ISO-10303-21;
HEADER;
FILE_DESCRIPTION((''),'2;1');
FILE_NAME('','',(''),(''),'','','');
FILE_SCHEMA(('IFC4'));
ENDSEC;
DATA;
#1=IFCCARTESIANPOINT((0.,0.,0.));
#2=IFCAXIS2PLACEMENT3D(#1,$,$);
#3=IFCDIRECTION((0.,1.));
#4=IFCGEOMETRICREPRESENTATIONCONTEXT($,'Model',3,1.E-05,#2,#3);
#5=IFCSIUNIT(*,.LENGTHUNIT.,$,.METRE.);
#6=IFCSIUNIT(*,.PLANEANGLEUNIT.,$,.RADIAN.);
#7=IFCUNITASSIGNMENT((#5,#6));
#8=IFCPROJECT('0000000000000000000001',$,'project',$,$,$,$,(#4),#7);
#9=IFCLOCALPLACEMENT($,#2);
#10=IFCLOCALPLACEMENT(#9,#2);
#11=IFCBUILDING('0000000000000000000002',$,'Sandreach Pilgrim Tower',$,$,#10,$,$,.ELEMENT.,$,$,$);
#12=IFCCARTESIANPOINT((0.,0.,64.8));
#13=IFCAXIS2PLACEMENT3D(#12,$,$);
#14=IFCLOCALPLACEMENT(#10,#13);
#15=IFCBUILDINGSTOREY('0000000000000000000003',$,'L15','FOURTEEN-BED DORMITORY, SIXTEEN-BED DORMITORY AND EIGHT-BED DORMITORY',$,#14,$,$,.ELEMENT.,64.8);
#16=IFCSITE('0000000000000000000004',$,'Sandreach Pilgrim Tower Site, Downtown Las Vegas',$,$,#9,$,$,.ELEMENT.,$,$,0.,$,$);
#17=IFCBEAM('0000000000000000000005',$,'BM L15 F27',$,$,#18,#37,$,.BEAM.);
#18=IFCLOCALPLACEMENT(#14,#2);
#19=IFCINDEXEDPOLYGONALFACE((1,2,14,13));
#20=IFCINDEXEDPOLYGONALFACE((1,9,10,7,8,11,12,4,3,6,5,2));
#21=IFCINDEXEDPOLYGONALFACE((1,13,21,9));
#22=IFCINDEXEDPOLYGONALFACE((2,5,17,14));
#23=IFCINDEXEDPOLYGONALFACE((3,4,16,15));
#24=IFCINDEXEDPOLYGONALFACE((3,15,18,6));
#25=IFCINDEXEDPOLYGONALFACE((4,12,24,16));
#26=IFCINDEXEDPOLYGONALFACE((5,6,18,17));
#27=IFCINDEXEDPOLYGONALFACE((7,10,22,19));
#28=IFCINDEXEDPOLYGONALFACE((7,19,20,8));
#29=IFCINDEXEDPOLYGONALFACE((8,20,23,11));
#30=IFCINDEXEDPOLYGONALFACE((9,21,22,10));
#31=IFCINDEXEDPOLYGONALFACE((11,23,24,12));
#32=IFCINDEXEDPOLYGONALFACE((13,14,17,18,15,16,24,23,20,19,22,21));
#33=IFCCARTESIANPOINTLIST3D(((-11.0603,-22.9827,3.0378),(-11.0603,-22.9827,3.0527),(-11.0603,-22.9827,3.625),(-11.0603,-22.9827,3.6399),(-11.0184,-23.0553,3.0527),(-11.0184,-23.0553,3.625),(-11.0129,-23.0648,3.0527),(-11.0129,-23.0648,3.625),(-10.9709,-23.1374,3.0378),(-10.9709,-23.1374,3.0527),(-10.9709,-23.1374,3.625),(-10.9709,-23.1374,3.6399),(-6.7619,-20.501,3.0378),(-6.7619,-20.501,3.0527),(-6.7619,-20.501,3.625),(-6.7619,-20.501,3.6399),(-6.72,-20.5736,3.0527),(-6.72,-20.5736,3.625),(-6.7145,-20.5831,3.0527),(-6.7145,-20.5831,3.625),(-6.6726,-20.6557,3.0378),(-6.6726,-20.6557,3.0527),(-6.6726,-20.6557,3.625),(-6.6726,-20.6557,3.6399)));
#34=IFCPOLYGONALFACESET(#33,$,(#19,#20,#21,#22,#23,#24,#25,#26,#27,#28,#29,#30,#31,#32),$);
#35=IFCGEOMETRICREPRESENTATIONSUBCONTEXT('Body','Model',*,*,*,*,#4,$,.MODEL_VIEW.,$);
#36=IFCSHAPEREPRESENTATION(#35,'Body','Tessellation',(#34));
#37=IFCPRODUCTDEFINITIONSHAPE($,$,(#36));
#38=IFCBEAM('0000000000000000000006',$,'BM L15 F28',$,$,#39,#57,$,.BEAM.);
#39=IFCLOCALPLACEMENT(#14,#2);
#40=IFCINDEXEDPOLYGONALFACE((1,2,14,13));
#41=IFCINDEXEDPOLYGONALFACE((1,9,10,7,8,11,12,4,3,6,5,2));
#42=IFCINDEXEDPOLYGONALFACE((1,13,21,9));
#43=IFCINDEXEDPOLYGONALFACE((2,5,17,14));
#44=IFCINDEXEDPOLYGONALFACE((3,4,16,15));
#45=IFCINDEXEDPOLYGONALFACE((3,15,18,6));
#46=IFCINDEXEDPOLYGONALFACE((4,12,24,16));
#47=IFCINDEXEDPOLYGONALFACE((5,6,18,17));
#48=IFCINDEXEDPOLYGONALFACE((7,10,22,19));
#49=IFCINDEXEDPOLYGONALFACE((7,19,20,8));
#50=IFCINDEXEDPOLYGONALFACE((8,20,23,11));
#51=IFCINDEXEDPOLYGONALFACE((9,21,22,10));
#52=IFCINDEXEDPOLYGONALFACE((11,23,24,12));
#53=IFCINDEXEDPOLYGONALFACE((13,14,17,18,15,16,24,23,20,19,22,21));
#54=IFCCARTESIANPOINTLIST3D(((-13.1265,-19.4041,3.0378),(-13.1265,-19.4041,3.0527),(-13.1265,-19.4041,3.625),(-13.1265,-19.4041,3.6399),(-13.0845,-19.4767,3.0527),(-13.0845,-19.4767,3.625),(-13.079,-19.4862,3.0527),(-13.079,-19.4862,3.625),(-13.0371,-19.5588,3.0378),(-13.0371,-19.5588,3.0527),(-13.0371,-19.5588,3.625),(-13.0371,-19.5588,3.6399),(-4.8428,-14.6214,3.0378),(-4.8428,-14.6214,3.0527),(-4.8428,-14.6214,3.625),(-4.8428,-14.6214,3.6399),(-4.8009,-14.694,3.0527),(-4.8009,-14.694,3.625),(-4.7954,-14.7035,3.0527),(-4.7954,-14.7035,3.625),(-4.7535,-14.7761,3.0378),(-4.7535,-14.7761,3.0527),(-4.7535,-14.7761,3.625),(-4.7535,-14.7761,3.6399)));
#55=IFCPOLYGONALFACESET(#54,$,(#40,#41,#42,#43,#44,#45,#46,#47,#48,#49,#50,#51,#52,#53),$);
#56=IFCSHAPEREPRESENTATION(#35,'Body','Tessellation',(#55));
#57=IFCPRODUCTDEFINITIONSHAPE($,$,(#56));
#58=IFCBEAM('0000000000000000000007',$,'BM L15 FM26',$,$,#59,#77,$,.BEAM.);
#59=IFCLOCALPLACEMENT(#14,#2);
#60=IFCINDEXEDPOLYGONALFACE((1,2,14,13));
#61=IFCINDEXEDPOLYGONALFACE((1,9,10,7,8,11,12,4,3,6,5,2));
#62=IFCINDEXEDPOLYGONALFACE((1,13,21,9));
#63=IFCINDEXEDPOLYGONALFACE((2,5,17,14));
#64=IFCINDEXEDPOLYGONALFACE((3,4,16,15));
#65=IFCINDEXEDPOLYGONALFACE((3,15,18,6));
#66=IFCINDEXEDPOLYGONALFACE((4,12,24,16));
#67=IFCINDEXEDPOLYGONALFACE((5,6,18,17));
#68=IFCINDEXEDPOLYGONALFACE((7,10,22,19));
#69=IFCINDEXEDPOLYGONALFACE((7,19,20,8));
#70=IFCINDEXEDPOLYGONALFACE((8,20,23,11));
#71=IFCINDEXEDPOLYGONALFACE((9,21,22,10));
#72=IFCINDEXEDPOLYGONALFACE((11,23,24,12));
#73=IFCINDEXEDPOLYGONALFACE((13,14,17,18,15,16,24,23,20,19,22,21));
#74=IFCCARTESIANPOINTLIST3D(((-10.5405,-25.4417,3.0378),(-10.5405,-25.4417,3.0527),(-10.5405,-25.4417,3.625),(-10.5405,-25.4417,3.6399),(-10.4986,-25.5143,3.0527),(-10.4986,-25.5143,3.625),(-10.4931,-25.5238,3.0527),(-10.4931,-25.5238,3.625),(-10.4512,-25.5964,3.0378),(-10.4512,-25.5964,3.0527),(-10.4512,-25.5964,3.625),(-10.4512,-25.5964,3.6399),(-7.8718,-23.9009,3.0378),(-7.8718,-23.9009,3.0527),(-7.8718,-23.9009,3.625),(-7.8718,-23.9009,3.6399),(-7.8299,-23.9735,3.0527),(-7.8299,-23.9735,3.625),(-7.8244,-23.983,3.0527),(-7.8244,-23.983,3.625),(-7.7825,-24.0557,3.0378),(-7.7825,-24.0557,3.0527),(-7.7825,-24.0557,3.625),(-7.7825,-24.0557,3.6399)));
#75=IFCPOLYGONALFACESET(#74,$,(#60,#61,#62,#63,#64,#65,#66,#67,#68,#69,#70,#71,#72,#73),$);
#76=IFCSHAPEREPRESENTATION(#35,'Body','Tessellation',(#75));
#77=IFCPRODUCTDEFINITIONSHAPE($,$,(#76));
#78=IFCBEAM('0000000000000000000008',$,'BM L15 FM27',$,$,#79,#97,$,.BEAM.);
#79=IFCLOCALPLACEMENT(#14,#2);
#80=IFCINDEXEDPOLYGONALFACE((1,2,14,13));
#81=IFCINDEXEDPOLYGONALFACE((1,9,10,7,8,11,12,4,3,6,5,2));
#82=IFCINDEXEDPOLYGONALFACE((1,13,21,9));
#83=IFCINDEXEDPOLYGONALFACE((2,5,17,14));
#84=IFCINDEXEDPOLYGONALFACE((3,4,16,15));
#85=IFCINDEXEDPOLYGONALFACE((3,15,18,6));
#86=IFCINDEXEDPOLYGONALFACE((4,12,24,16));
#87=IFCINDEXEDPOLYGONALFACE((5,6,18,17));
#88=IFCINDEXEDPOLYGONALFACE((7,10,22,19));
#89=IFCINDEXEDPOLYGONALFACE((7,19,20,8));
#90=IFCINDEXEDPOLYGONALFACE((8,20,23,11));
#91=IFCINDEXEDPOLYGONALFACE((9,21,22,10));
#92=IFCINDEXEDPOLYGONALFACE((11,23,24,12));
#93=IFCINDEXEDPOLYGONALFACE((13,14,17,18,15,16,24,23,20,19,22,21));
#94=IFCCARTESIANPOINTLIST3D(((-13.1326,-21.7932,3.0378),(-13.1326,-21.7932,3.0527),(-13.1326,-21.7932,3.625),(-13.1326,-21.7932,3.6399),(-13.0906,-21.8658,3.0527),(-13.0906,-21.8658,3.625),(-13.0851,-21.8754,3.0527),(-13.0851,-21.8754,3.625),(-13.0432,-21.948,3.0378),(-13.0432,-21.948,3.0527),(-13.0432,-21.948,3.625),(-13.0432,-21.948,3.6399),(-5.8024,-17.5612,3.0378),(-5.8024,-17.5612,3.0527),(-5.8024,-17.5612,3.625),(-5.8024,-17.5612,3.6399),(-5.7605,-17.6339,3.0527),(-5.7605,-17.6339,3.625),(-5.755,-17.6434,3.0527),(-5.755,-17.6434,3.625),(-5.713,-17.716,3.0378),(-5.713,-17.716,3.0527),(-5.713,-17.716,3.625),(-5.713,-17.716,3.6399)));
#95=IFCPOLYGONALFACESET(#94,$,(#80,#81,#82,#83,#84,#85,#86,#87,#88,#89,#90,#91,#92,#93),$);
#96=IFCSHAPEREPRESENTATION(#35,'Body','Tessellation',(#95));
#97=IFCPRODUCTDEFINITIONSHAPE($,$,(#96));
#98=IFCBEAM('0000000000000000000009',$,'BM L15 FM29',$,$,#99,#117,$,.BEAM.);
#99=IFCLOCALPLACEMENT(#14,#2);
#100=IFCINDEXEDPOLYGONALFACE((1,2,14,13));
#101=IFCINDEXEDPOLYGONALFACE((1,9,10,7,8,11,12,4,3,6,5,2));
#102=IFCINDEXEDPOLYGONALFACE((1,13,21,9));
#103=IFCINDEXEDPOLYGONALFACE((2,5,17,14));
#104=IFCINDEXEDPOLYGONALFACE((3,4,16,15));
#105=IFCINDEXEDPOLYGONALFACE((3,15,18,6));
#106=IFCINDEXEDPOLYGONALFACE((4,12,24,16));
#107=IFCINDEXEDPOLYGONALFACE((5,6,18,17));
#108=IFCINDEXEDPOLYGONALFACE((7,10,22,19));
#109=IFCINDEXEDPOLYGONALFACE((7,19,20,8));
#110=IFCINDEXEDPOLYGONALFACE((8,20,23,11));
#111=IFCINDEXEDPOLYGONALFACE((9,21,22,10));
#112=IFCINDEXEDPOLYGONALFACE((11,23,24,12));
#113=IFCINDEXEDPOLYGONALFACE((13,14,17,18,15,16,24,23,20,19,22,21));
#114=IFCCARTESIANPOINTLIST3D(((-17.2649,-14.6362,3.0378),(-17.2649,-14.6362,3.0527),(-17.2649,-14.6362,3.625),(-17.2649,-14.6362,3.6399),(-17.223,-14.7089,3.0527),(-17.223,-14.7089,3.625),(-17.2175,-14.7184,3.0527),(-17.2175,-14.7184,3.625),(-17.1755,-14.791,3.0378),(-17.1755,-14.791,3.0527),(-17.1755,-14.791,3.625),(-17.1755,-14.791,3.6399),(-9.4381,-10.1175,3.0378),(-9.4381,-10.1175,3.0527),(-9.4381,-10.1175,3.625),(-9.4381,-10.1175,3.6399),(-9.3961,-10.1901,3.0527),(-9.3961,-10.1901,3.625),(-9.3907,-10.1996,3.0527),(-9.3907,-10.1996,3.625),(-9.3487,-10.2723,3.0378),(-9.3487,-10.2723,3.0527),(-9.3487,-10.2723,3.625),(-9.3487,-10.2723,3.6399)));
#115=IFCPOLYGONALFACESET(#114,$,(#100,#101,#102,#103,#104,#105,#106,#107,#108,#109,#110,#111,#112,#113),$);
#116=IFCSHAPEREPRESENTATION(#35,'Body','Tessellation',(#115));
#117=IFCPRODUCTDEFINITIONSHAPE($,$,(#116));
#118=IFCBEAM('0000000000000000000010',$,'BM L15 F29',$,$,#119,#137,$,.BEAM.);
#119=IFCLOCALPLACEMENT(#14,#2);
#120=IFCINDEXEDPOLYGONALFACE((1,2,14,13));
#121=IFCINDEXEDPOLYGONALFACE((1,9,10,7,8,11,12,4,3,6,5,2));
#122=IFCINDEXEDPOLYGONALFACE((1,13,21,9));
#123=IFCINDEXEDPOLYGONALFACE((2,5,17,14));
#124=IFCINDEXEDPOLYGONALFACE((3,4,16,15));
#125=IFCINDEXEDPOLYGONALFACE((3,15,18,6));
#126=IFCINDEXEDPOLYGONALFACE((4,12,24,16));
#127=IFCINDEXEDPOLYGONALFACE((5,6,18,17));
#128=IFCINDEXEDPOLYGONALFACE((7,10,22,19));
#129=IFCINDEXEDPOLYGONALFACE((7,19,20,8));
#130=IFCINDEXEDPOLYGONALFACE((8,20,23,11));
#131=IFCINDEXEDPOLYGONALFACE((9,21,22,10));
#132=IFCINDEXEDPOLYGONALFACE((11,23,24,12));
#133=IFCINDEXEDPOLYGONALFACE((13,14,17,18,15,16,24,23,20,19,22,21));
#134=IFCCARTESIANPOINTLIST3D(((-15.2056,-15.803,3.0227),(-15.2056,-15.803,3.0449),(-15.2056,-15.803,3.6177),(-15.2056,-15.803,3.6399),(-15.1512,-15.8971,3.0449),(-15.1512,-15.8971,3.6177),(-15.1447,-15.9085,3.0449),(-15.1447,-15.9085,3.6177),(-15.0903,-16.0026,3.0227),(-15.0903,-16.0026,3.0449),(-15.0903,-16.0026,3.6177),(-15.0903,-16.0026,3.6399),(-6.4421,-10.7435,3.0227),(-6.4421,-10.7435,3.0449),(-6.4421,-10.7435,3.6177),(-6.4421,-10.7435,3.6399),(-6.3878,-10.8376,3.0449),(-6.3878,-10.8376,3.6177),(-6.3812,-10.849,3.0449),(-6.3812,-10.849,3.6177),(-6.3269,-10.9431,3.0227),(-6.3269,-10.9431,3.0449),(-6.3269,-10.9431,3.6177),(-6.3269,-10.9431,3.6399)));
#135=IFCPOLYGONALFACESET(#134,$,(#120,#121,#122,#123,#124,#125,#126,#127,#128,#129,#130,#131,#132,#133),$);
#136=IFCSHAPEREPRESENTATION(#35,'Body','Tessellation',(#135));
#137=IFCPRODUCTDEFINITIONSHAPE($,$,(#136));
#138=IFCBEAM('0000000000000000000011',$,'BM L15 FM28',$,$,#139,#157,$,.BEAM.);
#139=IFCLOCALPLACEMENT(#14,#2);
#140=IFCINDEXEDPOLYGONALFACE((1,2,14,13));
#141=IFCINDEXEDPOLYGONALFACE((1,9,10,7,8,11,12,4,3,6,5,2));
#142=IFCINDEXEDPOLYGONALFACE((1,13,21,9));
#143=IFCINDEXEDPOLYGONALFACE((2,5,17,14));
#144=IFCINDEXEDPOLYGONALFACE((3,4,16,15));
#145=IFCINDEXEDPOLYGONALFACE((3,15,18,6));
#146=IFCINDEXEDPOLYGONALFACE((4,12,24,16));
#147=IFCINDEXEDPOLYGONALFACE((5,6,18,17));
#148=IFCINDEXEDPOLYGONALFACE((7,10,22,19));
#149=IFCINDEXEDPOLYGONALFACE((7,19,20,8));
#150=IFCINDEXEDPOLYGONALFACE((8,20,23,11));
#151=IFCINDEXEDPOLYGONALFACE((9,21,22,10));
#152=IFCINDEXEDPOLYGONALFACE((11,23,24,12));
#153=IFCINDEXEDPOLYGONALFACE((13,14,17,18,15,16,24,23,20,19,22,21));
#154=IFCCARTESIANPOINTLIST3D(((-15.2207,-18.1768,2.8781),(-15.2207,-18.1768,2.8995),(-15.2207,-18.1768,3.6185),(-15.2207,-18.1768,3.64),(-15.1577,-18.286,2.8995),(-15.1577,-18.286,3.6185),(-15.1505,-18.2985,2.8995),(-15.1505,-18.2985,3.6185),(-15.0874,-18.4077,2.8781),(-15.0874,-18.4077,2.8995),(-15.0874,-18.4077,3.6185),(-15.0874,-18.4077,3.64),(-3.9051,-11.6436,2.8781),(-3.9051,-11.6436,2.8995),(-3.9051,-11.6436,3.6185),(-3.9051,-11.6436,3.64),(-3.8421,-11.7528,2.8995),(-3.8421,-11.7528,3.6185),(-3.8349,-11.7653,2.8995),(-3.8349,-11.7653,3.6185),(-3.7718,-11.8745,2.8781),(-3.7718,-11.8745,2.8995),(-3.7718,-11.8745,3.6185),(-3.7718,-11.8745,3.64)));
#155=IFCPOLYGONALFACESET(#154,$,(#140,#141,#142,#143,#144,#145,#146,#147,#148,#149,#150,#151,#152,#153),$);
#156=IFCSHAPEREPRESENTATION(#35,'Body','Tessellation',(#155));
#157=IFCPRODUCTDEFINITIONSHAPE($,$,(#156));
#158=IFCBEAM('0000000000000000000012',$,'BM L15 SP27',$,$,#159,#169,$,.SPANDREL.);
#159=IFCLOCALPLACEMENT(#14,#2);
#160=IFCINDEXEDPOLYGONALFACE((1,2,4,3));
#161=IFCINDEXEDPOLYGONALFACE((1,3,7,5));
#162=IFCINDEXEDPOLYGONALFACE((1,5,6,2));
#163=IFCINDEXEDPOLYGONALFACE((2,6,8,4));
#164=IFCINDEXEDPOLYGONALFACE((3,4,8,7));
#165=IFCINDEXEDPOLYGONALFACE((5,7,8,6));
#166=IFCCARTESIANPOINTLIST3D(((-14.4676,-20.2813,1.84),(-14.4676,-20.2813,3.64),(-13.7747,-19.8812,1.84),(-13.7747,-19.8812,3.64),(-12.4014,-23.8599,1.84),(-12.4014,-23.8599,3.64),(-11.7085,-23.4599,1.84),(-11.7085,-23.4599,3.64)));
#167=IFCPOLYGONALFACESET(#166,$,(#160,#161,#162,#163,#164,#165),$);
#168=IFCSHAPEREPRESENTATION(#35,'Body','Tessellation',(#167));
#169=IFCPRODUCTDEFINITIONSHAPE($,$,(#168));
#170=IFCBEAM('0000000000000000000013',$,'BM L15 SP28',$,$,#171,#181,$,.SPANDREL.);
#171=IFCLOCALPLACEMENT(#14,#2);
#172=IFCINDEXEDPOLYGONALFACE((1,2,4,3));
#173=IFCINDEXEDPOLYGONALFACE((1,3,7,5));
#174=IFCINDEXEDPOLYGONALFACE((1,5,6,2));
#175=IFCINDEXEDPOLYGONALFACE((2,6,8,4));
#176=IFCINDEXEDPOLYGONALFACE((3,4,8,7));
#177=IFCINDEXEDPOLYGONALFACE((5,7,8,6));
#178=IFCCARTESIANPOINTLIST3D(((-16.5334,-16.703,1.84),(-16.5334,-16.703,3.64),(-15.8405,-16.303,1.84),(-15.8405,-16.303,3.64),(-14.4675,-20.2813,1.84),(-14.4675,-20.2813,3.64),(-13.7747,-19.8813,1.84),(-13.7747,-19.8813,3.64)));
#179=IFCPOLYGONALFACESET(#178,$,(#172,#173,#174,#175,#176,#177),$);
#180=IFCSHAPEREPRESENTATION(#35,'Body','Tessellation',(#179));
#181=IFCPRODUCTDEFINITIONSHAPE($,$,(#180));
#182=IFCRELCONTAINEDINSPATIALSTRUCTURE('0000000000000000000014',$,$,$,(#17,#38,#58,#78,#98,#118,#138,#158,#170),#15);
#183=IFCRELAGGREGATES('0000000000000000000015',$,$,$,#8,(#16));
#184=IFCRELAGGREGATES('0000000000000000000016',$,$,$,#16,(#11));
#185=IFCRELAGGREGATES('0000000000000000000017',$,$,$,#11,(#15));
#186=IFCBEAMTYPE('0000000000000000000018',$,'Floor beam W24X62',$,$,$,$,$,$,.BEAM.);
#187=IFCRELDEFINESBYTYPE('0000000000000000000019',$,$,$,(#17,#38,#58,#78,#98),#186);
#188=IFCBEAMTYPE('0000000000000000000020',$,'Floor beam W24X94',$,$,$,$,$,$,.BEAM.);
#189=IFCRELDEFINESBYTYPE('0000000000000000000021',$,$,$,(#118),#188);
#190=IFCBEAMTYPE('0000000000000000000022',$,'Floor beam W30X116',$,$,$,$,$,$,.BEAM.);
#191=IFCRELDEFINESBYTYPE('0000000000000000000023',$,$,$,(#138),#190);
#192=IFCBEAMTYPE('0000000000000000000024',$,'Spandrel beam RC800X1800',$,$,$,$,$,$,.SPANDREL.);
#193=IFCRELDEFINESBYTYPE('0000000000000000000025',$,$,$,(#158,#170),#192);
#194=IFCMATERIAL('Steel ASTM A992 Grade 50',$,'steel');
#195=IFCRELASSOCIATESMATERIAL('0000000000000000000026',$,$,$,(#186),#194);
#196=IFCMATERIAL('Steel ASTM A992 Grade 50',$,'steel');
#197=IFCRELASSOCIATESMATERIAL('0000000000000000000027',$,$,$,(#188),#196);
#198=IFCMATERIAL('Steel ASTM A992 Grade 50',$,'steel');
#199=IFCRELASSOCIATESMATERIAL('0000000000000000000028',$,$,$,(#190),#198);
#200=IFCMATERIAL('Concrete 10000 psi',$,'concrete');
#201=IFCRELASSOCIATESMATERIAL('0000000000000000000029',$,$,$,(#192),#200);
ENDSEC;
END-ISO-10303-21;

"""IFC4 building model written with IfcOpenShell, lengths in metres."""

from ifc_helpers import new_model, si_unit, direction, frame, origin, origin_2d, place, context, subcontext, project, spatial, rectangle, i_section, extrude, material, material_profile, profile_set, type_object, element, save


model = new_model("IFC4")

# Units and contexts
model_context = context("Model", 3, precision=1e-05, world=origin(), true_north=direction((0.0, 1.0)))
body_context = subcontext(model_context, "Body", "Model", "MODEL_VIEW")
ifc_project = project(units=[si_unit("LENGTHUNIT", "METRE"), si_unit("PLANEANGLEUNIT", "RADIAN")], contexts=[model_context])

# Site, building, storey
site_placement = place(None, origin())
site = spatial("IfcSite", under=ifc_project, at=site_placement, Name="Sandreach Pilgrim Tower Site, Downtown Las Vegas", CompositionType="ELEMENT", RefElevation=0.0)
building_placement = place(site_placement, origin())
building = spatial("IfcBuilding", under=site, at=building_placement, Name="Sandreach Pilgrim Tower", CompositionType="ELEMENT")
storey_placement = place(building_placement, frame((0.0, 0.0, 64.8)))
storey = spatial("IfcBuildingStorey", under=building, at=storey_placement, Name="L15", Description="FOURTEEN-BED DORMITORY, SIXTEEN-BED DORMITORY AND EIGHT-BED DORMITORY", CompositionType="ELEMENT", Elevation=64.8)

# Beams
ifc_material_1 = material(Name="Steel ASTM A992 Grade 50", Category="steel")
ifc_material_profile_1 = material_profile(ifc_material_1, i_section(OverallWidth=0.1787, OverallDepth=0.6021, WebThickness=0.011, FlangeThickness=0.0149, at=origin_2d()), Name="W24X62")
ifc_profile_set_1 = profile_set([ifc_material_profile_1], Name="Steel ASTM A992 Grade 50")
beam_type_1 = type_object("IfcBeamType", Name="Floor beam W24X62", PredefinedType="BEAM", material=ifc_profile_set_1)
beam_1_placement = place(storey_placement, frame((-11.0156, -23.0601, 3.3389), z_axis=(0.866022, 0.500006, 0.0), x_axis=(-0.500006, 0.866022, 0.0)))
element("IfcBeam", 1, at=beam_1_placement, inside=storey, type_object=beam_type_1, Name="BM L15 F27", PredefinedType="BEAM", context=body_context, shape_type="SweptSolid", body=[
    extrude(i_section(OverallWidth=0.1787, OverallDepth=0.6021, WebThickness=0.011, FlangeThickness=0.0149, at=origin_2d()), origin(), (0.0, 0.0, 1.0), 4.9634),
])
beam_2_placement = place(storey_placement, frame((-13.0818, -19.4814, 3.3389), z_axis=(0.86602, 0.50001, 0.0), x_axis=(-0.50001, 0.86602, 0.0)))
element("IfcBeam", 2, at=beam_2_placement, inside=storey, type_object=beam_type_1, Name="BM L15 F28", PredefinedType="BEAM", context=body_context, shape_type="SweptSolid", body=[
    extrude(i_section(OverallWidth=0.1787, OverallDepth=0.6021, WebThickness=0.011, FlangeThickness=0.0149, at=origin_2d()), origin(), (0.0, 0.0, 1.0), 9.5652),
])
beam_3_placement = place(storey_placement, frame((-10.4958, -25.519, 3.3389), z_axis=(0.866026, 0.499999, 0.0), x_axis=(-0.499999, 0.866026, 0.0)))
element("IfcBeam", 3, at=beam_3_placement, inside=storey, type_object=beam_type_1, Name="BM L15 FM26", PredefinedType="BEAM", context=body_context, shape_type="SweptSolid", body=[
    extrude(i_section(OverallWidth=0.1787, OverallDepth=0.6021, WebThickness=0.011, FlangeThickness=0.0149, at=origin_2d()), origin(), (0.0, 0.0, 1.0), 3.0815),
])
beam_4_placement = place(storey_placement, frame((-13.0879, -21.8706, 3.3389), z_axis=(0.86603, 0.499992, 0.0), x_axis=(-0.499992, 0.86603, 0.0)))
element("IfcBeam", 4, at=beam_4_placement, inside=storey, type_object=beam_type_1, Name="BM L15 FM27", PredefinedType="BEAM", context=body_context, shape_type="SweptSolid", body=[
    extrude(i_section(OverallWidth=0.1787, OverallDepth=0.6021, WebThickness=0.011, FlangeThickness=0.0149, at=origin_2d()), origin(), (0.0, 0.0, 1.0), 8.4641),
])
beam_5_placement = place(storey_placement, frame((-17.2202, -14.7136, 3.3389), z_axis=(0.866029, 0.499994, 0.0), x_axis=(-0.499994, 0.866029, 0.0)))
element("IfcBeam", 5, at=beam_5_placement, inside=storey, type_object=beam_type_1, Name="BM L15 FM29", PredefinedType="BEAM", context=body_context, shape_type="SweptSolid", body=[
    extrude(i_section(OverallWidth=0.1787, OverallDepth=0.6021, WebThickness=0.011, FlangeThickness=0.0149, at=origin_2d()), origin(), (0.0, 0.0, 1.0), 9.0376),
])
ifc_material_2 = material(Name="Steel ASTM A992 Grade 50", Category="steel")
ifc_material_profile_2 = material_profile(ifc_material_2, i_section(OverallWidth=0.2305, OverallDepth=0.6172, WebThickness=0.0132, FlangeThickness=0.0222, at=origin_2d()), Name="W24X94")
ifc_profile_set_2 = profile_set([ifc_material_profile_2], Name="Steel ASTM A992 Grade 50")
beam_type_2 = type_object("IfcBeamType", Name="Floor beam W24X94", PredefinedType="BEAM", material=ifc_profile_set_2)
beam_6_placement = place(storey_placement, frame((-15.1479, -15.9028, 3.3313), z_axis=(0.866025, 0.5, 0.0), x_axis=(-0.5, 0.866025, 0.0)))
element("IfcBeam", 6, at=beam_6_placement, inside=storey, type_object=beam_type_2, Name="BM L15 F29", PredefinedType="BEAM", context=body_context, shape_type="SweptSolid", body=[
    extrude(i_section(OverallWidth=0.2305, OverallDepth=0.6172, WebThickness=0.0132, FlangeThickness=0.0222, at=origin_2d()), origin(), (0.0, 0.0, 1.0), 10.1191),
])
ifc_material_3 = material(Name="Steel ASTM A992 Grade 50", Category="steel")
ifc_material_profile_3 = material_profile(ifc_material_3, i_section(OverallWidth=0.2666, OverallDepth=0.762, WebThickness=0.0144, FlangeThickness=0.0215, at=origin_2d()), Name="W30X116")
ifc_profile_set_3 = profile_set([ifc_material_profile_3], Name="Steel ASTM A992 Grade 50")
beam_type_3 = type_object("IfcBeamType", Name="Floor beam W30X116", PredefinedType="BEAM", material=ifc_profile_set_3)
beam_7_placement = place(storey_placement, frame((-15.1541, -18.2922, 3.259), z_axis=(0.866022, 0.500005, 0.0), x_axis=(-0.500005, 0.866022, 0.0)))
element("IfcBeam", 7, at=beam_7_placement, inside=storey, type_object=beam_type_3, Name="BM L15 FM28", PredefinedType="BEAM", context=body_context, shape_type="SweptSolid", body=[
    extrude(i_section(OverallWidth=0.2666, OverallDepth=0.762, WebThickness=0.0144, FlangeThickness=0.0215, at=origin_2d()), origin(), (0.0, 0.0, 1.0), 13.0662),
])
ifc_material_4 = material(Name="Concrete 10000 psi", Category="concrete")
ifc_material_profile_4 = material_profile(ifc_material_4, rectangle(XDim=0.8, YDim=1.8, at=origin_2d()), Name="RC800X1800")
ifc_profile_set_4 = profile_set([ifc_material_profile_4], Name="Concrete 10000 psi")
beam_type_4 = type_object("IfcBeamType", Name="Spandrel beam RC800X1800", PredefinedType="SPANDREL", material=ifc_profile_set_4)
beam_8_placement = place(storey_placement, frame((-12.0549, -23.6599, 2.74), z_axis=(-0.500009, 0.86602, 0.0), x_axis=(-0.86602, -0.500009, 0.0)))
element("IfcBeam", 8, at=beam_8_placement, inside=storey, type_object=beam_type_4, Name="BM L15 SP27", PredefinedType="SPANDREL", context=body_context, shape_type="SweptSolid", body=[
    extrude(rectangle(XDim=0.8, YDim=1.8, at=origin_2d()), origin(), (0.0, 0.0, 1.0), 4.1323),
])
beam_9_placement = place(storey_placement, frame((-14.1211, -20.0813, 2.74), z_axis=(-0.49999, 0.866031, 0.0), x_axis=(-0.866031, -0.49999, 0.0)))
element("IfcBeam", 9, at=beam_9_placement, inside=storey, type_object=beam_type_4, Name="BM L15 SP28", PredefinedType="SPANDREL", context=body_context, shape_type="SweptSolid", body=[
    extrude(rectangle(XDim=0.8, YDim=1.8, at=origin_2d()), origin(), (0.0, 0.0, 1.0), 4.1318),
])

save(model, "model.ifc")
